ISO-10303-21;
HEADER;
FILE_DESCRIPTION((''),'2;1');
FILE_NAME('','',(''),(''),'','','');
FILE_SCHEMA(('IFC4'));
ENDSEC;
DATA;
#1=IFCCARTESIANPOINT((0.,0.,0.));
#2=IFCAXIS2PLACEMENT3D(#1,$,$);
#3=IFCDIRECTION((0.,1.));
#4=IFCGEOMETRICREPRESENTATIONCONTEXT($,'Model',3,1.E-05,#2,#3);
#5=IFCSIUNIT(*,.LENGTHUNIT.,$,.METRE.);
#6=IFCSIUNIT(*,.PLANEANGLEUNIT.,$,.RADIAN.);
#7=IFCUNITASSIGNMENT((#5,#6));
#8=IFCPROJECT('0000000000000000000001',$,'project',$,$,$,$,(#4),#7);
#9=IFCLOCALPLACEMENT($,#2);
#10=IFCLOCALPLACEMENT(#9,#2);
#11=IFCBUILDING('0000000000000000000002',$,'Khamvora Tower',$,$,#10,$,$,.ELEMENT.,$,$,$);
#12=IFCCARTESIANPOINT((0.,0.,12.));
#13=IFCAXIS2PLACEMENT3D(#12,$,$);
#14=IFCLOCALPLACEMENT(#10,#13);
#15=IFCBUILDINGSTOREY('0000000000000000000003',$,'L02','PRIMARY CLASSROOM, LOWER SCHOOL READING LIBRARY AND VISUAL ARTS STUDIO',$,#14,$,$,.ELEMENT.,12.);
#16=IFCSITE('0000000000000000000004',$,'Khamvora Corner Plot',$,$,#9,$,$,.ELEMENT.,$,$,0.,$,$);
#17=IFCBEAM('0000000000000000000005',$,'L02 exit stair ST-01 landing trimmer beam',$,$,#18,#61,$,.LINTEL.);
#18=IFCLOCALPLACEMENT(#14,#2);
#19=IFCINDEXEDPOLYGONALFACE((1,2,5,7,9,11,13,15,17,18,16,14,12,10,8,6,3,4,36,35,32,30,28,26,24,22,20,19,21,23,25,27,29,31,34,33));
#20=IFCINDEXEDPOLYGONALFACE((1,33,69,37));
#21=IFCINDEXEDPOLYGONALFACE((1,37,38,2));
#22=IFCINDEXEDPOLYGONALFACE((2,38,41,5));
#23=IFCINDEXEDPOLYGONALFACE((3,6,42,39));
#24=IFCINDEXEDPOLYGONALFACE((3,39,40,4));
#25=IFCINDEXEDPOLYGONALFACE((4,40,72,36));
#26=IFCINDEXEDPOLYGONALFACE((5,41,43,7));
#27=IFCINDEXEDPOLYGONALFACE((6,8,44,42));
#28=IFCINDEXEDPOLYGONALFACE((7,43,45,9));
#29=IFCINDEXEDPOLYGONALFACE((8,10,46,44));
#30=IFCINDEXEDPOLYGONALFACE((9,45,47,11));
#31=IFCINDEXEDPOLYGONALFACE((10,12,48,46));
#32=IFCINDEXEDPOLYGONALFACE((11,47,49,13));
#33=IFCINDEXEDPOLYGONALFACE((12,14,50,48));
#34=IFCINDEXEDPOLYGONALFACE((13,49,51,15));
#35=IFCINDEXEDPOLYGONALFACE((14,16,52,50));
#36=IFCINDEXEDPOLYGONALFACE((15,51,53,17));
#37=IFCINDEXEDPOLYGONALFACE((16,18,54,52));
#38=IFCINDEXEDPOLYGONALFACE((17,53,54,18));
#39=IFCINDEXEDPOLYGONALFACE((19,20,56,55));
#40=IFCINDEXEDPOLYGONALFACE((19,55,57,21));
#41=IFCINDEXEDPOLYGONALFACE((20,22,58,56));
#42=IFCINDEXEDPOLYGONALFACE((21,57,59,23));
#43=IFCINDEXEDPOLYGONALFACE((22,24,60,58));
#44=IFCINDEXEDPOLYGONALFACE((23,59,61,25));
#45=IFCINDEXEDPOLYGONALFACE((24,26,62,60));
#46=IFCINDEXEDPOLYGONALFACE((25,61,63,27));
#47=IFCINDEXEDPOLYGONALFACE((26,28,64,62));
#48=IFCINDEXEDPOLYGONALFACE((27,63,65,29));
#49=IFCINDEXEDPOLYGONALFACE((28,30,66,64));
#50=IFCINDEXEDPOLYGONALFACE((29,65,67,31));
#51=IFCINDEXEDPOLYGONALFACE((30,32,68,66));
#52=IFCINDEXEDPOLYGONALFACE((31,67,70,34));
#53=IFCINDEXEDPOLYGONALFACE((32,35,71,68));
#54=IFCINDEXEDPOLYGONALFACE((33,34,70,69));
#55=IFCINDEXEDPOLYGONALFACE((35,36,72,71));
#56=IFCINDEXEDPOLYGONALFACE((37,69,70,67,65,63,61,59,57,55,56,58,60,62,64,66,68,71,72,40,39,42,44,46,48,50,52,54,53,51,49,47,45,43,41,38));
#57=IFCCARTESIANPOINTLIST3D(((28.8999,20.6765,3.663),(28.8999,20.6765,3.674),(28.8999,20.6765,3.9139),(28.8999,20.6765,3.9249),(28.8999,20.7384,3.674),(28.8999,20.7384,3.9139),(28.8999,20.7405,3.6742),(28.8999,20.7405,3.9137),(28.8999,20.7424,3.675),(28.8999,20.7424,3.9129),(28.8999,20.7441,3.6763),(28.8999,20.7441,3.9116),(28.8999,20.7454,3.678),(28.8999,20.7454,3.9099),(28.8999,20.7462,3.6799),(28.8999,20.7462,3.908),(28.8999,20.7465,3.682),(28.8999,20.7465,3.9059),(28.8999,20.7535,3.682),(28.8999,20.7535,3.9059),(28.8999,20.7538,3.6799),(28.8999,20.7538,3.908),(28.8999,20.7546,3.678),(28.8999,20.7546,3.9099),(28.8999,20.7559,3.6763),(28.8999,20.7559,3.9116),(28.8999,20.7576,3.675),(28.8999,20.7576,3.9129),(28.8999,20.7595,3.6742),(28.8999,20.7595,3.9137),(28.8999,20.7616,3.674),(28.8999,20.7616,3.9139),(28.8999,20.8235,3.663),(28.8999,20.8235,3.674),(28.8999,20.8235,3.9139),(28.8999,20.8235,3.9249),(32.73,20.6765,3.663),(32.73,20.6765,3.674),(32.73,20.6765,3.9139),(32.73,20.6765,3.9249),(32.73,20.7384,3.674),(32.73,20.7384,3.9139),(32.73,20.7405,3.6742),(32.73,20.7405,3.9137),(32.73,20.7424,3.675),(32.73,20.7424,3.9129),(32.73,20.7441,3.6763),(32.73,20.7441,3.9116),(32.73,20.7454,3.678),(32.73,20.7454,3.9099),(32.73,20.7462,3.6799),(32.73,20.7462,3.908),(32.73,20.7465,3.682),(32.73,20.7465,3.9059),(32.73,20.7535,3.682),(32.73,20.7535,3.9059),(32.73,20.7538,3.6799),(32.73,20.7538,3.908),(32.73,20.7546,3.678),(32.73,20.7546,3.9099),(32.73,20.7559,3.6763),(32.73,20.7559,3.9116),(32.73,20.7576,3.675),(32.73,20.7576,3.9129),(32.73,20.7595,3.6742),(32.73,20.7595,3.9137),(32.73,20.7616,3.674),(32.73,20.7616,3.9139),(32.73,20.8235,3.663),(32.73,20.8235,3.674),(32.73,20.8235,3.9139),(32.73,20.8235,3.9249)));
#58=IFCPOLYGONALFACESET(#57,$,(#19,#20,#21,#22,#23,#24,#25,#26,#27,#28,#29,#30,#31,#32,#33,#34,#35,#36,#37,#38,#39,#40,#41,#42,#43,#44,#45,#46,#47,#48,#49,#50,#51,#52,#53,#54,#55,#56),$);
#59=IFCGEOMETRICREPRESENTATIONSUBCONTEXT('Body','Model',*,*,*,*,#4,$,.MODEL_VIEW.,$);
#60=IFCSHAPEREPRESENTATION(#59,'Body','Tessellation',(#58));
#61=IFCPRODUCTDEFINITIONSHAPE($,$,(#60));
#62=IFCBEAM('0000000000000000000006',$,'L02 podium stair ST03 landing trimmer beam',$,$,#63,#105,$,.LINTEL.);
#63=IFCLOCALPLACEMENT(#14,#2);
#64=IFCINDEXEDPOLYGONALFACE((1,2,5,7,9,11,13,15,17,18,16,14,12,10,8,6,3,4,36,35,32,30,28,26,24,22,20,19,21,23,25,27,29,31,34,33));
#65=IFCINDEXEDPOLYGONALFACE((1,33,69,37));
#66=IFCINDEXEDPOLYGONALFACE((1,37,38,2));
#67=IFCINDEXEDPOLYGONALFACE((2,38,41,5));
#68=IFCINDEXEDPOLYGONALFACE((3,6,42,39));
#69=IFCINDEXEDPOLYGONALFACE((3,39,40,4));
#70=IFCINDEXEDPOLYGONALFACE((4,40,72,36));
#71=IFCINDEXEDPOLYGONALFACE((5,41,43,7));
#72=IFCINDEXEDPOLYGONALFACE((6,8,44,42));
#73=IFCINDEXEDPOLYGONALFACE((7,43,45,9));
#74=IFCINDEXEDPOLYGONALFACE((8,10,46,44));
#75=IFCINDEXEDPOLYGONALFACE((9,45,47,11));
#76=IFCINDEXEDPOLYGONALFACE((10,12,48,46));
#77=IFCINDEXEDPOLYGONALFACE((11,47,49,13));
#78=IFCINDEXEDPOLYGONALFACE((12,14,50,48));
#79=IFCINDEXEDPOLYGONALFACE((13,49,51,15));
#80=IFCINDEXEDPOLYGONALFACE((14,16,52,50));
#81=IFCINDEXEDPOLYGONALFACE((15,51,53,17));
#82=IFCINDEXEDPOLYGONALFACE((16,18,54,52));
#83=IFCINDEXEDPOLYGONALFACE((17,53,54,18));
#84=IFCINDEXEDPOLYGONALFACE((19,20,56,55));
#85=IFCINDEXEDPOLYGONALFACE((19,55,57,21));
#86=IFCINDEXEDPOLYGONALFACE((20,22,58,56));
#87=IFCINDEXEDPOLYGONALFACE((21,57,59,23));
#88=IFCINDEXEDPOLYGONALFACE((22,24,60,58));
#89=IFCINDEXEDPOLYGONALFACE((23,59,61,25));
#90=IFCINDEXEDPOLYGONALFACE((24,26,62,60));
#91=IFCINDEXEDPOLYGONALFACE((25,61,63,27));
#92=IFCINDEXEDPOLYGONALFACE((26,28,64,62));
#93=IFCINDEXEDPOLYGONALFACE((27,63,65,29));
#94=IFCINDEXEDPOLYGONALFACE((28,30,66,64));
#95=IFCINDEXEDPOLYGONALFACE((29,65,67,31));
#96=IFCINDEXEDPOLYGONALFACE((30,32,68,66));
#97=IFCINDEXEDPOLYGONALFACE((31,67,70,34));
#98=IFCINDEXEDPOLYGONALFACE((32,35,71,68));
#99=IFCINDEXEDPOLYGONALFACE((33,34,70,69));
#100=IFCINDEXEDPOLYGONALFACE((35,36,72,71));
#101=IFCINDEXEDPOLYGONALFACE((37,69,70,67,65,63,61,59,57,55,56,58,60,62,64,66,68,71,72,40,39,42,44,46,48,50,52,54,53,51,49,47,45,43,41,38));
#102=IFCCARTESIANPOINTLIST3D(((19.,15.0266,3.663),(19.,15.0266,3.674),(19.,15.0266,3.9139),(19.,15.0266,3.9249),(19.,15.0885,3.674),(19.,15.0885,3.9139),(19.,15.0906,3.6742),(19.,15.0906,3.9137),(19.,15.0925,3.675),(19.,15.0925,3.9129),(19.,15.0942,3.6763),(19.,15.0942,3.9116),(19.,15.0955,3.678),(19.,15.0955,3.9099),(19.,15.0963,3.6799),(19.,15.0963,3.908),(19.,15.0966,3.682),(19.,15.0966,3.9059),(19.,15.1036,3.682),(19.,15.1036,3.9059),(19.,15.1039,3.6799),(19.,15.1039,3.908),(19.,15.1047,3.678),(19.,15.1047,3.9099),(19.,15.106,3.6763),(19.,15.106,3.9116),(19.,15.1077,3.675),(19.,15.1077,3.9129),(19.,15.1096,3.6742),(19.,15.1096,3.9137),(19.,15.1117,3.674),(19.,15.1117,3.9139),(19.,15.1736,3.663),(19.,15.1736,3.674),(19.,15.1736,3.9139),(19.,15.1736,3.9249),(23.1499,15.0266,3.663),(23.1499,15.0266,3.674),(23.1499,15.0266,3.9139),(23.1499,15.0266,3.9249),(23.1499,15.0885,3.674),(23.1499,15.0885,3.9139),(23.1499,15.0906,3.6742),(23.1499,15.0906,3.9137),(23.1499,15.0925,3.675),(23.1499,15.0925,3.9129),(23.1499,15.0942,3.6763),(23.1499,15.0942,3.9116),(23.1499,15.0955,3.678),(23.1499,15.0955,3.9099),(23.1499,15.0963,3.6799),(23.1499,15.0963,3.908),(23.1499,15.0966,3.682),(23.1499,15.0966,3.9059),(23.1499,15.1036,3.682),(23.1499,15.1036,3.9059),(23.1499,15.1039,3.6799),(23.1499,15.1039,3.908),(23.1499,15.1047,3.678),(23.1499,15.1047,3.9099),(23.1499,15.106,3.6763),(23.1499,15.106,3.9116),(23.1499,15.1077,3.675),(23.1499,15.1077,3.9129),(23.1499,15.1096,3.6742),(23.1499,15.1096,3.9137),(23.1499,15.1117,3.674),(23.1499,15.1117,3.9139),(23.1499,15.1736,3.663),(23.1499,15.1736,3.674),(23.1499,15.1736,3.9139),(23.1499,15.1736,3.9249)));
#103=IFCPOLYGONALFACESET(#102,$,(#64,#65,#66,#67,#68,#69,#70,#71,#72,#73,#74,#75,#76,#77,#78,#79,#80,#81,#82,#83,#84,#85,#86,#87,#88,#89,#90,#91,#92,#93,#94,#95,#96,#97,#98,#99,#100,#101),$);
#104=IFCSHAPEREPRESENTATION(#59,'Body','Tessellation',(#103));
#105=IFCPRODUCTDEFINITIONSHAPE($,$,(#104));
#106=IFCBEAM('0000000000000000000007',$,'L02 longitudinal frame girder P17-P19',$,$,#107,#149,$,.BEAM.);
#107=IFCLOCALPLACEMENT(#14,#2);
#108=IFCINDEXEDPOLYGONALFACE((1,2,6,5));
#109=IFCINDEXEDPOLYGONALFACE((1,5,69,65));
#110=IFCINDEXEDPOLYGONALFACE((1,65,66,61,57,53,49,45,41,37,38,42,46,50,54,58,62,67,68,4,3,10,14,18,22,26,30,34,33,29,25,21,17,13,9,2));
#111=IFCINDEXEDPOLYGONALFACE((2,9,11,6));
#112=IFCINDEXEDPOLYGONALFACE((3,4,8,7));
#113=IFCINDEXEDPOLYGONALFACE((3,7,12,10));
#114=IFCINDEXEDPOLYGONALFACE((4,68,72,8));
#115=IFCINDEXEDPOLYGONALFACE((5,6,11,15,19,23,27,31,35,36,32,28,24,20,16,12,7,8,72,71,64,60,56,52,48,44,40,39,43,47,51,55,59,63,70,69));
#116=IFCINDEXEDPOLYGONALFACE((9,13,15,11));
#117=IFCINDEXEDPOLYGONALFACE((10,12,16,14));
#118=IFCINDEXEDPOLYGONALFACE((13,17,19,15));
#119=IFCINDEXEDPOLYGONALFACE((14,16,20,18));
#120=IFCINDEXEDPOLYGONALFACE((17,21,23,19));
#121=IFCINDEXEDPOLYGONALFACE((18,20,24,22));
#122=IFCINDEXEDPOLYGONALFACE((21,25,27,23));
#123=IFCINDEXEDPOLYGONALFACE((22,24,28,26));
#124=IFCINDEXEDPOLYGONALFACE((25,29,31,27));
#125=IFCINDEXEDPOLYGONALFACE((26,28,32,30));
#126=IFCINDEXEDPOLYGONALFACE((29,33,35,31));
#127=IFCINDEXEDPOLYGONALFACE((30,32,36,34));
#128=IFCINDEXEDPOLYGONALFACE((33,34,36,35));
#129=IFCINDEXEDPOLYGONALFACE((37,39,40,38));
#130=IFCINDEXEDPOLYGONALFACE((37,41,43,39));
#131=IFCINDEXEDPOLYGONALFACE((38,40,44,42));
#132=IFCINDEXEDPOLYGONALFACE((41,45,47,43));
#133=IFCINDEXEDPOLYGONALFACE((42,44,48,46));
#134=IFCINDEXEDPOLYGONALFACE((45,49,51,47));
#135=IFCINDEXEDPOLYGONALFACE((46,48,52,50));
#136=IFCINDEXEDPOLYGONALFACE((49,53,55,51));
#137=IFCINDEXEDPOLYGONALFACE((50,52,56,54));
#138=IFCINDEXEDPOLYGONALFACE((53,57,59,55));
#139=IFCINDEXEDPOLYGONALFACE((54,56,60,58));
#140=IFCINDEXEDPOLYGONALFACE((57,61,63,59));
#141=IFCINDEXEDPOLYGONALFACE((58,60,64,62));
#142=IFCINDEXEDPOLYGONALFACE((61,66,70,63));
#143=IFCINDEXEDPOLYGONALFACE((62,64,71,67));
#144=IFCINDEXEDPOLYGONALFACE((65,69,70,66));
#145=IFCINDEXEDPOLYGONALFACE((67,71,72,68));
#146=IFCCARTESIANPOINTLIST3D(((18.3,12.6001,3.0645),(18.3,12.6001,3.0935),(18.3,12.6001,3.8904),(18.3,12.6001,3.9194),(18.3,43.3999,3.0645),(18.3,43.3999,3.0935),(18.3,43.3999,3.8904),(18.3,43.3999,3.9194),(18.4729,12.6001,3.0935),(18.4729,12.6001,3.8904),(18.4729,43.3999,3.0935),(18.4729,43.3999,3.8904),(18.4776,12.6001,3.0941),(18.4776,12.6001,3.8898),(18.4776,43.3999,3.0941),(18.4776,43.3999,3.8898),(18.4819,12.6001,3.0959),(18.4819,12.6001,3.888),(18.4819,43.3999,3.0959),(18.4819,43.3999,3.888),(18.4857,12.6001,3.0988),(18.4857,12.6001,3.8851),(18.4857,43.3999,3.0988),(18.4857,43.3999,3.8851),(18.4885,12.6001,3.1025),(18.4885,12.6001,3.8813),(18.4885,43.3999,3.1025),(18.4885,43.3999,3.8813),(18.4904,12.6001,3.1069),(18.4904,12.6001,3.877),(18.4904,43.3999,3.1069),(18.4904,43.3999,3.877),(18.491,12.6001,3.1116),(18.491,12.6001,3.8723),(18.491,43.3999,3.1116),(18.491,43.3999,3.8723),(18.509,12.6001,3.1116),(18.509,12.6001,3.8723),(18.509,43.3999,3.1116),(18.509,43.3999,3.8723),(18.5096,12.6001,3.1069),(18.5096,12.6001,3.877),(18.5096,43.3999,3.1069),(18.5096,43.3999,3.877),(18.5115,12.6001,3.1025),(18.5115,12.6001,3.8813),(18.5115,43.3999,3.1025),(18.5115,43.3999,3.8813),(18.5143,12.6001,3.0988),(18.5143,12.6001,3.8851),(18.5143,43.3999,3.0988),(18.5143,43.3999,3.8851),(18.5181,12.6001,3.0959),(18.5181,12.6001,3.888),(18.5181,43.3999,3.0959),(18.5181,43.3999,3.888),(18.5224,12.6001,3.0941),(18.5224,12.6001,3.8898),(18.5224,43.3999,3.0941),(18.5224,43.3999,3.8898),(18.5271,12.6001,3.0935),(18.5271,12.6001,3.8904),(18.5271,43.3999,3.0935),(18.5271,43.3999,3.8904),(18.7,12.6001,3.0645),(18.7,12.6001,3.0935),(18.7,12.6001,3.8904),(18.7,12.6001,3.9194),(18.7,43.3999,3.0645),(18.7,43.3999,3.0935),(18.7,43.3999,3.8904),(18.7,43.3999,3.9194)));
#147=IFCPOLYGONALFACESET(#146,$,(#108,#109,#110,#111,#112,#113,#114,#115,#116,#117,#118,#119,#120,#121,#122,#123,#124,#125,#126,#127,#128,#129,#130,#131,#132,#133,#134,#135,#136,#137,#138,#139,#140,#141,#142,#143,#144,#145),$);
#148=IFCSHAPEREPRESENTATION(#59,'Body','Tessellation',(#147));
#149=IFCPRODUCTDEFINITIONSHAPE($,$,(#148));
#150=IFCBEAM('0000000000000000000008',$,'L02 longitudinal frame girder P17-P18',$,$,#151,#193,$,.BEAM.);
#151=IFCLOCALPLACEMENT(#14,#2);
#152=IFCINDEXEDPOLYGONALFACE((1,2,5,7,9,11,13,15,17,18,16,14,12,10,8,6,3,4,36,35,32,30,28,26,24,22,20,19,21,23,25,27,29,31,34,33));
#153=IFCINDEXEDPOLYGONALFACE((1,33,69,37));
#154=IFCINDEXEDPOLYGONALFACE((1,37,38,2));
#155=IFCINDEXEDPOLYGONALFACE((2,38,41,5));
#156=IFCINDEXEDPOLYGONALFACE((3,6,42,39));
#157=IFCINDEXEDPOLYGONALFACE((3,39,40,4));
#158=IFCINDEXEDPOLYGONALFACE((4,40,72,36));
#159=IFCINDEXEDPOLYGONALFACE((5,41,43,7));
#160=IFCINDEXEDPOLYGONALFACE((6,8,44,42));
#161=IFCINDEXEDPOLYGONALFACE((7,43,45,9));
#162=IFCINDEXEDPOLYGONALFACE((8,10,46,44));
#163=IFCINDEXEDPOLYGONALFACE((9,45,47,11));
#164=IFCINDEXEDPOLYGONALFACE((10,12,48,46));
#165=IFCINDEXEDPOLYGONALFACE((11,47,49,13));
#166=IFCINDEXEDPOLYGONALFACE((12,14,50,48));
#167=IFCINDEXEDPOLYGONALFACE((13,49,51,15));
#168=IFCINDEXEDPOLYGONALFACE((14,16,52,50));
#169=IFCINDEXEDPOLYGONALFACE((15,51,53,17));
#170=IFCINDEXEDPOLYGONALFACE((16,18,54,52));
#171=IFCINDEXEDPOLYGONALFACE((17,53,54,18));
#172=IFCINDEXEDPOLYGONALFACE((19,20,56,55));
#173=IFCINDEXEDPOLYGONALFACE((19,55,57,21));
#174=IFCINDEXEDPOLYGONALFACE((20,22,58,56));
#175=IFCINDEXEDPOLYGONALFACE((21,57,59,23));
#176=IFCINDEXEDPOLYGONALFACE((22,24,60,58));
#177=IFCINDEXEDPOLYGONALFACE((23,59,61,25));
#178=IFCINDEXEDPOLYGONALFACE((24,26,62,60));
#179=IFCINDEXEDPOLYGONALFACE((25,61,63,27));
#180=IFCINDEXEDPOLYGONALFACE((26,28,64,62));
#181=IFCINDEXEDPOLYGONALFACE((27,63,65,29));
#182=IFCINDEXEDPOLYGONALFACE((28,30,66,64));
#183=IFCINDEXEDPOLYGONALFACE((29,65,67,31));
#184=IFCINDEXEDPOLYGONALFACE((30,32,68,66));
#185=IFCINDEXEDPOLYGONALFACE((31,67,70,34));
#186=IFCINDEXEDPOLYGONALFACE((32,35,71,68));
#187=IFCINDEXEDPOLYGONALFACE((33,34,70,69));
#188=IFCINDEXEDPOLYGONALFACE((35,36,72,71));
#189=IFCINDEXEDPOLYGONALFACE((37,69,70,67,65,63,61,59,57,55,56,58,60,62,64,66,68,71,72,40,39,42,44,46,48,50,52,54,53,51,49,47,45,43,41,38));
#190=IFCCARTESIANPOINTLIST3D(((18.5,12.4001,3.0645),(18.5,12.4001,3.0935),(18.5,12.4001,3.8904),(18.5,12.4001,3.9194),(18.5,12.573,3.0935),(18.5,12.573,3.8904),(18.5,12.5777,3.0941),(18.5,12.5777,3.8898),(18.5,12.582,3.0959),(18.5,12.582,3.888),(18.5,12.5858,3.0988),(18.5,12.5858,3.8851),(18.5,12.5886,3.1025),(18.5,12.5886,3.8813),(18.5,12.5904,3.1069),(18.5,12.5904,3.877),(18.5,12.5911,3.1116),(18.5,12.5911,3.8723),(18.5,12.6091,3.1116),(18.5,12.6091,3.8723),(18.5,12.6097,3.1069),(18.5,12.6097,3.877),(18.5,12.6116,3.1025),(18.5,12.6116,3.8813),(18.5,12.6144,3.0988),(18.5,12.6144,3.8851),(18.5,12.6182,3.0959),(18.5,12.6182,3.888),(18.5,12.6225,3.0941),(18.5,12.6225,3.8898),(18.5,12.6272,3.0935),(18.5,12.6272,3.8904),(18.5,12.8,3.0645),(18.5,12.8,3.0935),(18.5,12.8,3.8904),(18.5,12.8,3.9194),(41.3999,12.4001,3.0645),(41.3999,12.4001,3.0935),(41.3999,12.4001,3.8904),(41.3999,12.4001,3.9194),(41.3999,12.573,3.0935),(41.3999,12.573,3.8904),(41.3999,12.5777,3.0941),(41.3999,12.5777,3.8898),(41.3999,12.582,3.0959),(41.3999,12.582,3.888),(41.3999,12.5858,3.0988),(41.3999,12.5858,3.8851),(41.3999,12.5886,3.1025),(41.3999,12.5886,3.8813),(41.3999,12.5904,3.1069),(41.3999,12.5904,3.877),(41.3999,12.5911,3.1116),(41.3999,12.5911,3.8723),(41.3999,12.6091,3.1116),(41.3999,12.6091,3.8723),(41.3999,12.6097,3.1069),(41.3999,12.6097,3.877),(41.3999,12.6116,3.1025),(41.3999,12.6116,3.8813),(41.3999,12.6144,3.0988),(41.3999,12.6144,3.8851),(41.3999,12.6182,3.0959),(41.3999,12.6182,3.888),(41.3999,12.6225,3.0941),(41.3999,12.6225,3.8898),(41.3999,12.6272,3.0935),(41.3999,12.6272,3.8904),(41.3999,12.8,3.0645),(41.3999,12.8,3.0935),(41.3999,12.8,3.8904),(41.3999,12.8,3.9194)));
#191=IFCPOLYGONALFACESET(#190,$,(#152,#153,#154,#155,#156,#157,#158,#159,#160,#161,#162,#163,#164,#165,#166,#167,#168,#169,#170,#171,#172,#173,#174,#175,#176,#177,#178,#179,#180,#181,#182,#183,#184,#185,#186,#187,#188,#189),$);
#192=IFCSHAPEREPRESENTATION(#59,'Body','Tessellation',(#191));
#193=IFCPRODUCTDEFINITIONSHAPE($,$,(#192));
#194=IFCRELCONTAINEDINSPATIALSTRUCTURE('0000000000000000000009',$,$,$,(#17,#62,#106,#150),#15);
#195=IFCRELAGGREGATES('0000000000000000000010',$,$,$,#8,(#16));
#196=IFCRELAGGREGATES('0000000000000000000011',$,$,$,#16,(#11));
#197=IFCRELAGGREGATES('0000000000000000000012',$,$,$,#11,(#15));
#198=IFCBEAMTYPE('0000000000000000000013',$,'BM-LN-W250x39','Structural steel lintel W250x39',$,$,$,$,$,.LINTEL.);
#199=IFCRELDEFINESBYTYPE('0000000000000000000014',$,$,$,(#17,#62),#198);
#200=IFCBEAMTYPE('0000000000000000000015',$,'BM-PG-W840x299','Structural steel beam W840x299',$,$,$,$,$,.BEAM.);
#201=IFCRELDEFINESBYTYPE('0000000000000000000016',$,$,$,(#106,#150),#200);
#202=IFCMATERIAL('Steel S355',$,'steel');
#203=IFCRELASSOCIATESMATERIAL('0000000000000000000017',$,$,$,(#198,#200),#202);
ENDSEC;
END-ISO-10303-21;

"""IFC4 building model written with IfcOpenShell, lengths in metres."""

from ifc_helpers import new_model, si_unit, direction, frame, origin, origin_2d, place, context, subcontext, project, spatial, i_section, extrude, material, material_profile, profile_set, type_object, element, save


model = new_model("IFC4")

# Units and contexts
model_context = context("Model", 3, precision=1e-05, world=origin(), true_north=direction((0.0, 1.0)))
body_context = subcontext(model_context, "Body", "Model", "MODEL_VIEW")
ifc_project = project(units=[si_unit("LENGTHUNIT", "METRE"), si_unit("PLANEANGLEUNIT", "RADIAN")], contexts=[model_context])

# Site, building, storey
site_placement = place(None, origin())
site = spatial("IfcSite", under=ifc_project, at=site_placement, Name="Khamvora Corner Plot", CompositionType="ELEMENT", RefElevation=0.0)
building_placement = place(site_placement, origin())
building = spatial("IfcBuilding", under=site, at=building_placement, Name="Khamvora Tower", CompositionType="ELEMENT")
storey_placement = place(building_placement, frame((0.0, 0.0, 12.0)))
storey = spatial("IfcBuildingStorey", under=building, at=storey_placement, Name="L02", Description="PRIMARY CLASSROOM, LOWER SCHOOL READING LIBRARY AND VISUAL ARTS STUDIO", CompositionType="ELEMENT", Elevation=12.0)

# Beams
ifc_material_1 = material(Name="Steel S355", Category="steel")
ifc_material_profile_1 = material_profile(ifc_material_1, i_section(OverallWidth=0.147, OverallDepth=0.262, WebThickness=0.0071, FlangeThickness=0.011, FilletRadius=0.0081, at=origin_2d()), Name="W250x39")
ifc_profile_set_1 = profile_set([ifc_material_profile_1], Name="Steel S355")
beam_type_1 = type_object("IfcBeamType", Name="BM-LN-W250x39", Description="Structural steel lintel W250x39", PredefinedType="LINTEL", material=ifc_profile_set_1)
beam_1_placement = place(storey_placement, frame((28.8999, 20.75, 3.7939), z_axis=(1.0, 0.0, 0.0), x_axis=(0.0, 1.0, 0.0)))
element("IfcBeam", 1, at=beam_1_placement, inside=storey, type_object=beam_type_1, Name="L02 exit stair ST-01 landing trimmer beam", PredefinedType="LINTEL", context=body_context, shape_type="SweptSolid", body=[
    extrude(i_section(OverallWidth=0.147, OverallDepth=0.262, WebThickness=0.0071, FlangeThickness=0.011, FilletRadius=0.0081, at=origin_2d()), origin(), (0.0, 0.0, 1.0), 3.8301),
])
beam_2_placement = place(storey_placement, frame((19.0, 15.1001, 3.7939), z_axis=(1.0, 0.0, 0.0), x_axis=(0.0, 1.0, 0.0)))
element("IfcBeam", 2, at=beam_2_placement, inside=storey, type_object=beam_type_1, Name="L02 podium stair ST03 landing trimmer beam", PredefinedType="LINTEL", context=body_context, shape_type="SweptSolid", body=[
    extrude(i_section(OverallWidth=0.147, OverallDepth=0.262, WebThickness=0.0071, FlangeThickness=0.011, FilletRadius=0.0081, at=origin_2d()), origin(), (0.0, 0.0, 1.0), 4.1499),
])
ifc_material_profile_2 = material_profile(ifc_material_1, i_section(OverallWidth=0.3999, OverallDepth=0.855, WebThickness=0.0181, FlangeThickness=0.0291, FilletRadius=0.0181, at=origin_2d()), Name="W840x299")
ifc_profile_set_2 = profile_set([ifc_material_profile_2], Name="Steel S355")
beam_type_2 = type_object("IfcBeamType", Name="BM-PG-W840x299", Description="Structural steel beam W840x299", PredefinedType="BEAM", material=ifc_profile_set_2)
beam_3_placement = place(storey_placement, frame((18.5, 12.6001, 3.4919), z_axis=(0.0, 1.0, 0.0), x_axis=(-1.0, 0.0, 0.0)))
element("IfcBeam", 3, at=beam_3_placement, inside=storey, type_object=beam_type_2, Name="L02 longitudinal frame girder P17-P19", PredefinedType="BEAM", context=body_context, shape_type="SweptSolid", body=[
    extrude(i_section(OverallWidth=0.3999, OverallDepth=0.855, WebThickness=0.0181, FlangeThickness=0.0291, FilletRadius=0.0181, at=origin_2d()), origin(), (0.0, 0.0, 1.0), 30.7998),
])
beam_4_placement = place(storey_placement, frame((18.5, 12.6001, 3.4919), z_axis=(1.0, 0.0, 0.0), x_axis=(0.0, 1.0, 0.0)))
element("IfcBeam", 4, at=beam_4_placement, inside=storey, type_object=beam_type_2, Name="L02 longitudinal frame girder P17-P18", PredefinedType="BEAM", context=body_context, shape_type="SweptSolid", body=[
    extrude(i_section(OverallWidth=0.3999, OverallDepth=0.855, WebThickness=0.0181, FlangeThickness=0.0291, FilletRadius=0.0181, at=origin_2d()), origin(), (0.0, 0.0, 1.0), 22.8999),
])

save(model, "model.ifc")
